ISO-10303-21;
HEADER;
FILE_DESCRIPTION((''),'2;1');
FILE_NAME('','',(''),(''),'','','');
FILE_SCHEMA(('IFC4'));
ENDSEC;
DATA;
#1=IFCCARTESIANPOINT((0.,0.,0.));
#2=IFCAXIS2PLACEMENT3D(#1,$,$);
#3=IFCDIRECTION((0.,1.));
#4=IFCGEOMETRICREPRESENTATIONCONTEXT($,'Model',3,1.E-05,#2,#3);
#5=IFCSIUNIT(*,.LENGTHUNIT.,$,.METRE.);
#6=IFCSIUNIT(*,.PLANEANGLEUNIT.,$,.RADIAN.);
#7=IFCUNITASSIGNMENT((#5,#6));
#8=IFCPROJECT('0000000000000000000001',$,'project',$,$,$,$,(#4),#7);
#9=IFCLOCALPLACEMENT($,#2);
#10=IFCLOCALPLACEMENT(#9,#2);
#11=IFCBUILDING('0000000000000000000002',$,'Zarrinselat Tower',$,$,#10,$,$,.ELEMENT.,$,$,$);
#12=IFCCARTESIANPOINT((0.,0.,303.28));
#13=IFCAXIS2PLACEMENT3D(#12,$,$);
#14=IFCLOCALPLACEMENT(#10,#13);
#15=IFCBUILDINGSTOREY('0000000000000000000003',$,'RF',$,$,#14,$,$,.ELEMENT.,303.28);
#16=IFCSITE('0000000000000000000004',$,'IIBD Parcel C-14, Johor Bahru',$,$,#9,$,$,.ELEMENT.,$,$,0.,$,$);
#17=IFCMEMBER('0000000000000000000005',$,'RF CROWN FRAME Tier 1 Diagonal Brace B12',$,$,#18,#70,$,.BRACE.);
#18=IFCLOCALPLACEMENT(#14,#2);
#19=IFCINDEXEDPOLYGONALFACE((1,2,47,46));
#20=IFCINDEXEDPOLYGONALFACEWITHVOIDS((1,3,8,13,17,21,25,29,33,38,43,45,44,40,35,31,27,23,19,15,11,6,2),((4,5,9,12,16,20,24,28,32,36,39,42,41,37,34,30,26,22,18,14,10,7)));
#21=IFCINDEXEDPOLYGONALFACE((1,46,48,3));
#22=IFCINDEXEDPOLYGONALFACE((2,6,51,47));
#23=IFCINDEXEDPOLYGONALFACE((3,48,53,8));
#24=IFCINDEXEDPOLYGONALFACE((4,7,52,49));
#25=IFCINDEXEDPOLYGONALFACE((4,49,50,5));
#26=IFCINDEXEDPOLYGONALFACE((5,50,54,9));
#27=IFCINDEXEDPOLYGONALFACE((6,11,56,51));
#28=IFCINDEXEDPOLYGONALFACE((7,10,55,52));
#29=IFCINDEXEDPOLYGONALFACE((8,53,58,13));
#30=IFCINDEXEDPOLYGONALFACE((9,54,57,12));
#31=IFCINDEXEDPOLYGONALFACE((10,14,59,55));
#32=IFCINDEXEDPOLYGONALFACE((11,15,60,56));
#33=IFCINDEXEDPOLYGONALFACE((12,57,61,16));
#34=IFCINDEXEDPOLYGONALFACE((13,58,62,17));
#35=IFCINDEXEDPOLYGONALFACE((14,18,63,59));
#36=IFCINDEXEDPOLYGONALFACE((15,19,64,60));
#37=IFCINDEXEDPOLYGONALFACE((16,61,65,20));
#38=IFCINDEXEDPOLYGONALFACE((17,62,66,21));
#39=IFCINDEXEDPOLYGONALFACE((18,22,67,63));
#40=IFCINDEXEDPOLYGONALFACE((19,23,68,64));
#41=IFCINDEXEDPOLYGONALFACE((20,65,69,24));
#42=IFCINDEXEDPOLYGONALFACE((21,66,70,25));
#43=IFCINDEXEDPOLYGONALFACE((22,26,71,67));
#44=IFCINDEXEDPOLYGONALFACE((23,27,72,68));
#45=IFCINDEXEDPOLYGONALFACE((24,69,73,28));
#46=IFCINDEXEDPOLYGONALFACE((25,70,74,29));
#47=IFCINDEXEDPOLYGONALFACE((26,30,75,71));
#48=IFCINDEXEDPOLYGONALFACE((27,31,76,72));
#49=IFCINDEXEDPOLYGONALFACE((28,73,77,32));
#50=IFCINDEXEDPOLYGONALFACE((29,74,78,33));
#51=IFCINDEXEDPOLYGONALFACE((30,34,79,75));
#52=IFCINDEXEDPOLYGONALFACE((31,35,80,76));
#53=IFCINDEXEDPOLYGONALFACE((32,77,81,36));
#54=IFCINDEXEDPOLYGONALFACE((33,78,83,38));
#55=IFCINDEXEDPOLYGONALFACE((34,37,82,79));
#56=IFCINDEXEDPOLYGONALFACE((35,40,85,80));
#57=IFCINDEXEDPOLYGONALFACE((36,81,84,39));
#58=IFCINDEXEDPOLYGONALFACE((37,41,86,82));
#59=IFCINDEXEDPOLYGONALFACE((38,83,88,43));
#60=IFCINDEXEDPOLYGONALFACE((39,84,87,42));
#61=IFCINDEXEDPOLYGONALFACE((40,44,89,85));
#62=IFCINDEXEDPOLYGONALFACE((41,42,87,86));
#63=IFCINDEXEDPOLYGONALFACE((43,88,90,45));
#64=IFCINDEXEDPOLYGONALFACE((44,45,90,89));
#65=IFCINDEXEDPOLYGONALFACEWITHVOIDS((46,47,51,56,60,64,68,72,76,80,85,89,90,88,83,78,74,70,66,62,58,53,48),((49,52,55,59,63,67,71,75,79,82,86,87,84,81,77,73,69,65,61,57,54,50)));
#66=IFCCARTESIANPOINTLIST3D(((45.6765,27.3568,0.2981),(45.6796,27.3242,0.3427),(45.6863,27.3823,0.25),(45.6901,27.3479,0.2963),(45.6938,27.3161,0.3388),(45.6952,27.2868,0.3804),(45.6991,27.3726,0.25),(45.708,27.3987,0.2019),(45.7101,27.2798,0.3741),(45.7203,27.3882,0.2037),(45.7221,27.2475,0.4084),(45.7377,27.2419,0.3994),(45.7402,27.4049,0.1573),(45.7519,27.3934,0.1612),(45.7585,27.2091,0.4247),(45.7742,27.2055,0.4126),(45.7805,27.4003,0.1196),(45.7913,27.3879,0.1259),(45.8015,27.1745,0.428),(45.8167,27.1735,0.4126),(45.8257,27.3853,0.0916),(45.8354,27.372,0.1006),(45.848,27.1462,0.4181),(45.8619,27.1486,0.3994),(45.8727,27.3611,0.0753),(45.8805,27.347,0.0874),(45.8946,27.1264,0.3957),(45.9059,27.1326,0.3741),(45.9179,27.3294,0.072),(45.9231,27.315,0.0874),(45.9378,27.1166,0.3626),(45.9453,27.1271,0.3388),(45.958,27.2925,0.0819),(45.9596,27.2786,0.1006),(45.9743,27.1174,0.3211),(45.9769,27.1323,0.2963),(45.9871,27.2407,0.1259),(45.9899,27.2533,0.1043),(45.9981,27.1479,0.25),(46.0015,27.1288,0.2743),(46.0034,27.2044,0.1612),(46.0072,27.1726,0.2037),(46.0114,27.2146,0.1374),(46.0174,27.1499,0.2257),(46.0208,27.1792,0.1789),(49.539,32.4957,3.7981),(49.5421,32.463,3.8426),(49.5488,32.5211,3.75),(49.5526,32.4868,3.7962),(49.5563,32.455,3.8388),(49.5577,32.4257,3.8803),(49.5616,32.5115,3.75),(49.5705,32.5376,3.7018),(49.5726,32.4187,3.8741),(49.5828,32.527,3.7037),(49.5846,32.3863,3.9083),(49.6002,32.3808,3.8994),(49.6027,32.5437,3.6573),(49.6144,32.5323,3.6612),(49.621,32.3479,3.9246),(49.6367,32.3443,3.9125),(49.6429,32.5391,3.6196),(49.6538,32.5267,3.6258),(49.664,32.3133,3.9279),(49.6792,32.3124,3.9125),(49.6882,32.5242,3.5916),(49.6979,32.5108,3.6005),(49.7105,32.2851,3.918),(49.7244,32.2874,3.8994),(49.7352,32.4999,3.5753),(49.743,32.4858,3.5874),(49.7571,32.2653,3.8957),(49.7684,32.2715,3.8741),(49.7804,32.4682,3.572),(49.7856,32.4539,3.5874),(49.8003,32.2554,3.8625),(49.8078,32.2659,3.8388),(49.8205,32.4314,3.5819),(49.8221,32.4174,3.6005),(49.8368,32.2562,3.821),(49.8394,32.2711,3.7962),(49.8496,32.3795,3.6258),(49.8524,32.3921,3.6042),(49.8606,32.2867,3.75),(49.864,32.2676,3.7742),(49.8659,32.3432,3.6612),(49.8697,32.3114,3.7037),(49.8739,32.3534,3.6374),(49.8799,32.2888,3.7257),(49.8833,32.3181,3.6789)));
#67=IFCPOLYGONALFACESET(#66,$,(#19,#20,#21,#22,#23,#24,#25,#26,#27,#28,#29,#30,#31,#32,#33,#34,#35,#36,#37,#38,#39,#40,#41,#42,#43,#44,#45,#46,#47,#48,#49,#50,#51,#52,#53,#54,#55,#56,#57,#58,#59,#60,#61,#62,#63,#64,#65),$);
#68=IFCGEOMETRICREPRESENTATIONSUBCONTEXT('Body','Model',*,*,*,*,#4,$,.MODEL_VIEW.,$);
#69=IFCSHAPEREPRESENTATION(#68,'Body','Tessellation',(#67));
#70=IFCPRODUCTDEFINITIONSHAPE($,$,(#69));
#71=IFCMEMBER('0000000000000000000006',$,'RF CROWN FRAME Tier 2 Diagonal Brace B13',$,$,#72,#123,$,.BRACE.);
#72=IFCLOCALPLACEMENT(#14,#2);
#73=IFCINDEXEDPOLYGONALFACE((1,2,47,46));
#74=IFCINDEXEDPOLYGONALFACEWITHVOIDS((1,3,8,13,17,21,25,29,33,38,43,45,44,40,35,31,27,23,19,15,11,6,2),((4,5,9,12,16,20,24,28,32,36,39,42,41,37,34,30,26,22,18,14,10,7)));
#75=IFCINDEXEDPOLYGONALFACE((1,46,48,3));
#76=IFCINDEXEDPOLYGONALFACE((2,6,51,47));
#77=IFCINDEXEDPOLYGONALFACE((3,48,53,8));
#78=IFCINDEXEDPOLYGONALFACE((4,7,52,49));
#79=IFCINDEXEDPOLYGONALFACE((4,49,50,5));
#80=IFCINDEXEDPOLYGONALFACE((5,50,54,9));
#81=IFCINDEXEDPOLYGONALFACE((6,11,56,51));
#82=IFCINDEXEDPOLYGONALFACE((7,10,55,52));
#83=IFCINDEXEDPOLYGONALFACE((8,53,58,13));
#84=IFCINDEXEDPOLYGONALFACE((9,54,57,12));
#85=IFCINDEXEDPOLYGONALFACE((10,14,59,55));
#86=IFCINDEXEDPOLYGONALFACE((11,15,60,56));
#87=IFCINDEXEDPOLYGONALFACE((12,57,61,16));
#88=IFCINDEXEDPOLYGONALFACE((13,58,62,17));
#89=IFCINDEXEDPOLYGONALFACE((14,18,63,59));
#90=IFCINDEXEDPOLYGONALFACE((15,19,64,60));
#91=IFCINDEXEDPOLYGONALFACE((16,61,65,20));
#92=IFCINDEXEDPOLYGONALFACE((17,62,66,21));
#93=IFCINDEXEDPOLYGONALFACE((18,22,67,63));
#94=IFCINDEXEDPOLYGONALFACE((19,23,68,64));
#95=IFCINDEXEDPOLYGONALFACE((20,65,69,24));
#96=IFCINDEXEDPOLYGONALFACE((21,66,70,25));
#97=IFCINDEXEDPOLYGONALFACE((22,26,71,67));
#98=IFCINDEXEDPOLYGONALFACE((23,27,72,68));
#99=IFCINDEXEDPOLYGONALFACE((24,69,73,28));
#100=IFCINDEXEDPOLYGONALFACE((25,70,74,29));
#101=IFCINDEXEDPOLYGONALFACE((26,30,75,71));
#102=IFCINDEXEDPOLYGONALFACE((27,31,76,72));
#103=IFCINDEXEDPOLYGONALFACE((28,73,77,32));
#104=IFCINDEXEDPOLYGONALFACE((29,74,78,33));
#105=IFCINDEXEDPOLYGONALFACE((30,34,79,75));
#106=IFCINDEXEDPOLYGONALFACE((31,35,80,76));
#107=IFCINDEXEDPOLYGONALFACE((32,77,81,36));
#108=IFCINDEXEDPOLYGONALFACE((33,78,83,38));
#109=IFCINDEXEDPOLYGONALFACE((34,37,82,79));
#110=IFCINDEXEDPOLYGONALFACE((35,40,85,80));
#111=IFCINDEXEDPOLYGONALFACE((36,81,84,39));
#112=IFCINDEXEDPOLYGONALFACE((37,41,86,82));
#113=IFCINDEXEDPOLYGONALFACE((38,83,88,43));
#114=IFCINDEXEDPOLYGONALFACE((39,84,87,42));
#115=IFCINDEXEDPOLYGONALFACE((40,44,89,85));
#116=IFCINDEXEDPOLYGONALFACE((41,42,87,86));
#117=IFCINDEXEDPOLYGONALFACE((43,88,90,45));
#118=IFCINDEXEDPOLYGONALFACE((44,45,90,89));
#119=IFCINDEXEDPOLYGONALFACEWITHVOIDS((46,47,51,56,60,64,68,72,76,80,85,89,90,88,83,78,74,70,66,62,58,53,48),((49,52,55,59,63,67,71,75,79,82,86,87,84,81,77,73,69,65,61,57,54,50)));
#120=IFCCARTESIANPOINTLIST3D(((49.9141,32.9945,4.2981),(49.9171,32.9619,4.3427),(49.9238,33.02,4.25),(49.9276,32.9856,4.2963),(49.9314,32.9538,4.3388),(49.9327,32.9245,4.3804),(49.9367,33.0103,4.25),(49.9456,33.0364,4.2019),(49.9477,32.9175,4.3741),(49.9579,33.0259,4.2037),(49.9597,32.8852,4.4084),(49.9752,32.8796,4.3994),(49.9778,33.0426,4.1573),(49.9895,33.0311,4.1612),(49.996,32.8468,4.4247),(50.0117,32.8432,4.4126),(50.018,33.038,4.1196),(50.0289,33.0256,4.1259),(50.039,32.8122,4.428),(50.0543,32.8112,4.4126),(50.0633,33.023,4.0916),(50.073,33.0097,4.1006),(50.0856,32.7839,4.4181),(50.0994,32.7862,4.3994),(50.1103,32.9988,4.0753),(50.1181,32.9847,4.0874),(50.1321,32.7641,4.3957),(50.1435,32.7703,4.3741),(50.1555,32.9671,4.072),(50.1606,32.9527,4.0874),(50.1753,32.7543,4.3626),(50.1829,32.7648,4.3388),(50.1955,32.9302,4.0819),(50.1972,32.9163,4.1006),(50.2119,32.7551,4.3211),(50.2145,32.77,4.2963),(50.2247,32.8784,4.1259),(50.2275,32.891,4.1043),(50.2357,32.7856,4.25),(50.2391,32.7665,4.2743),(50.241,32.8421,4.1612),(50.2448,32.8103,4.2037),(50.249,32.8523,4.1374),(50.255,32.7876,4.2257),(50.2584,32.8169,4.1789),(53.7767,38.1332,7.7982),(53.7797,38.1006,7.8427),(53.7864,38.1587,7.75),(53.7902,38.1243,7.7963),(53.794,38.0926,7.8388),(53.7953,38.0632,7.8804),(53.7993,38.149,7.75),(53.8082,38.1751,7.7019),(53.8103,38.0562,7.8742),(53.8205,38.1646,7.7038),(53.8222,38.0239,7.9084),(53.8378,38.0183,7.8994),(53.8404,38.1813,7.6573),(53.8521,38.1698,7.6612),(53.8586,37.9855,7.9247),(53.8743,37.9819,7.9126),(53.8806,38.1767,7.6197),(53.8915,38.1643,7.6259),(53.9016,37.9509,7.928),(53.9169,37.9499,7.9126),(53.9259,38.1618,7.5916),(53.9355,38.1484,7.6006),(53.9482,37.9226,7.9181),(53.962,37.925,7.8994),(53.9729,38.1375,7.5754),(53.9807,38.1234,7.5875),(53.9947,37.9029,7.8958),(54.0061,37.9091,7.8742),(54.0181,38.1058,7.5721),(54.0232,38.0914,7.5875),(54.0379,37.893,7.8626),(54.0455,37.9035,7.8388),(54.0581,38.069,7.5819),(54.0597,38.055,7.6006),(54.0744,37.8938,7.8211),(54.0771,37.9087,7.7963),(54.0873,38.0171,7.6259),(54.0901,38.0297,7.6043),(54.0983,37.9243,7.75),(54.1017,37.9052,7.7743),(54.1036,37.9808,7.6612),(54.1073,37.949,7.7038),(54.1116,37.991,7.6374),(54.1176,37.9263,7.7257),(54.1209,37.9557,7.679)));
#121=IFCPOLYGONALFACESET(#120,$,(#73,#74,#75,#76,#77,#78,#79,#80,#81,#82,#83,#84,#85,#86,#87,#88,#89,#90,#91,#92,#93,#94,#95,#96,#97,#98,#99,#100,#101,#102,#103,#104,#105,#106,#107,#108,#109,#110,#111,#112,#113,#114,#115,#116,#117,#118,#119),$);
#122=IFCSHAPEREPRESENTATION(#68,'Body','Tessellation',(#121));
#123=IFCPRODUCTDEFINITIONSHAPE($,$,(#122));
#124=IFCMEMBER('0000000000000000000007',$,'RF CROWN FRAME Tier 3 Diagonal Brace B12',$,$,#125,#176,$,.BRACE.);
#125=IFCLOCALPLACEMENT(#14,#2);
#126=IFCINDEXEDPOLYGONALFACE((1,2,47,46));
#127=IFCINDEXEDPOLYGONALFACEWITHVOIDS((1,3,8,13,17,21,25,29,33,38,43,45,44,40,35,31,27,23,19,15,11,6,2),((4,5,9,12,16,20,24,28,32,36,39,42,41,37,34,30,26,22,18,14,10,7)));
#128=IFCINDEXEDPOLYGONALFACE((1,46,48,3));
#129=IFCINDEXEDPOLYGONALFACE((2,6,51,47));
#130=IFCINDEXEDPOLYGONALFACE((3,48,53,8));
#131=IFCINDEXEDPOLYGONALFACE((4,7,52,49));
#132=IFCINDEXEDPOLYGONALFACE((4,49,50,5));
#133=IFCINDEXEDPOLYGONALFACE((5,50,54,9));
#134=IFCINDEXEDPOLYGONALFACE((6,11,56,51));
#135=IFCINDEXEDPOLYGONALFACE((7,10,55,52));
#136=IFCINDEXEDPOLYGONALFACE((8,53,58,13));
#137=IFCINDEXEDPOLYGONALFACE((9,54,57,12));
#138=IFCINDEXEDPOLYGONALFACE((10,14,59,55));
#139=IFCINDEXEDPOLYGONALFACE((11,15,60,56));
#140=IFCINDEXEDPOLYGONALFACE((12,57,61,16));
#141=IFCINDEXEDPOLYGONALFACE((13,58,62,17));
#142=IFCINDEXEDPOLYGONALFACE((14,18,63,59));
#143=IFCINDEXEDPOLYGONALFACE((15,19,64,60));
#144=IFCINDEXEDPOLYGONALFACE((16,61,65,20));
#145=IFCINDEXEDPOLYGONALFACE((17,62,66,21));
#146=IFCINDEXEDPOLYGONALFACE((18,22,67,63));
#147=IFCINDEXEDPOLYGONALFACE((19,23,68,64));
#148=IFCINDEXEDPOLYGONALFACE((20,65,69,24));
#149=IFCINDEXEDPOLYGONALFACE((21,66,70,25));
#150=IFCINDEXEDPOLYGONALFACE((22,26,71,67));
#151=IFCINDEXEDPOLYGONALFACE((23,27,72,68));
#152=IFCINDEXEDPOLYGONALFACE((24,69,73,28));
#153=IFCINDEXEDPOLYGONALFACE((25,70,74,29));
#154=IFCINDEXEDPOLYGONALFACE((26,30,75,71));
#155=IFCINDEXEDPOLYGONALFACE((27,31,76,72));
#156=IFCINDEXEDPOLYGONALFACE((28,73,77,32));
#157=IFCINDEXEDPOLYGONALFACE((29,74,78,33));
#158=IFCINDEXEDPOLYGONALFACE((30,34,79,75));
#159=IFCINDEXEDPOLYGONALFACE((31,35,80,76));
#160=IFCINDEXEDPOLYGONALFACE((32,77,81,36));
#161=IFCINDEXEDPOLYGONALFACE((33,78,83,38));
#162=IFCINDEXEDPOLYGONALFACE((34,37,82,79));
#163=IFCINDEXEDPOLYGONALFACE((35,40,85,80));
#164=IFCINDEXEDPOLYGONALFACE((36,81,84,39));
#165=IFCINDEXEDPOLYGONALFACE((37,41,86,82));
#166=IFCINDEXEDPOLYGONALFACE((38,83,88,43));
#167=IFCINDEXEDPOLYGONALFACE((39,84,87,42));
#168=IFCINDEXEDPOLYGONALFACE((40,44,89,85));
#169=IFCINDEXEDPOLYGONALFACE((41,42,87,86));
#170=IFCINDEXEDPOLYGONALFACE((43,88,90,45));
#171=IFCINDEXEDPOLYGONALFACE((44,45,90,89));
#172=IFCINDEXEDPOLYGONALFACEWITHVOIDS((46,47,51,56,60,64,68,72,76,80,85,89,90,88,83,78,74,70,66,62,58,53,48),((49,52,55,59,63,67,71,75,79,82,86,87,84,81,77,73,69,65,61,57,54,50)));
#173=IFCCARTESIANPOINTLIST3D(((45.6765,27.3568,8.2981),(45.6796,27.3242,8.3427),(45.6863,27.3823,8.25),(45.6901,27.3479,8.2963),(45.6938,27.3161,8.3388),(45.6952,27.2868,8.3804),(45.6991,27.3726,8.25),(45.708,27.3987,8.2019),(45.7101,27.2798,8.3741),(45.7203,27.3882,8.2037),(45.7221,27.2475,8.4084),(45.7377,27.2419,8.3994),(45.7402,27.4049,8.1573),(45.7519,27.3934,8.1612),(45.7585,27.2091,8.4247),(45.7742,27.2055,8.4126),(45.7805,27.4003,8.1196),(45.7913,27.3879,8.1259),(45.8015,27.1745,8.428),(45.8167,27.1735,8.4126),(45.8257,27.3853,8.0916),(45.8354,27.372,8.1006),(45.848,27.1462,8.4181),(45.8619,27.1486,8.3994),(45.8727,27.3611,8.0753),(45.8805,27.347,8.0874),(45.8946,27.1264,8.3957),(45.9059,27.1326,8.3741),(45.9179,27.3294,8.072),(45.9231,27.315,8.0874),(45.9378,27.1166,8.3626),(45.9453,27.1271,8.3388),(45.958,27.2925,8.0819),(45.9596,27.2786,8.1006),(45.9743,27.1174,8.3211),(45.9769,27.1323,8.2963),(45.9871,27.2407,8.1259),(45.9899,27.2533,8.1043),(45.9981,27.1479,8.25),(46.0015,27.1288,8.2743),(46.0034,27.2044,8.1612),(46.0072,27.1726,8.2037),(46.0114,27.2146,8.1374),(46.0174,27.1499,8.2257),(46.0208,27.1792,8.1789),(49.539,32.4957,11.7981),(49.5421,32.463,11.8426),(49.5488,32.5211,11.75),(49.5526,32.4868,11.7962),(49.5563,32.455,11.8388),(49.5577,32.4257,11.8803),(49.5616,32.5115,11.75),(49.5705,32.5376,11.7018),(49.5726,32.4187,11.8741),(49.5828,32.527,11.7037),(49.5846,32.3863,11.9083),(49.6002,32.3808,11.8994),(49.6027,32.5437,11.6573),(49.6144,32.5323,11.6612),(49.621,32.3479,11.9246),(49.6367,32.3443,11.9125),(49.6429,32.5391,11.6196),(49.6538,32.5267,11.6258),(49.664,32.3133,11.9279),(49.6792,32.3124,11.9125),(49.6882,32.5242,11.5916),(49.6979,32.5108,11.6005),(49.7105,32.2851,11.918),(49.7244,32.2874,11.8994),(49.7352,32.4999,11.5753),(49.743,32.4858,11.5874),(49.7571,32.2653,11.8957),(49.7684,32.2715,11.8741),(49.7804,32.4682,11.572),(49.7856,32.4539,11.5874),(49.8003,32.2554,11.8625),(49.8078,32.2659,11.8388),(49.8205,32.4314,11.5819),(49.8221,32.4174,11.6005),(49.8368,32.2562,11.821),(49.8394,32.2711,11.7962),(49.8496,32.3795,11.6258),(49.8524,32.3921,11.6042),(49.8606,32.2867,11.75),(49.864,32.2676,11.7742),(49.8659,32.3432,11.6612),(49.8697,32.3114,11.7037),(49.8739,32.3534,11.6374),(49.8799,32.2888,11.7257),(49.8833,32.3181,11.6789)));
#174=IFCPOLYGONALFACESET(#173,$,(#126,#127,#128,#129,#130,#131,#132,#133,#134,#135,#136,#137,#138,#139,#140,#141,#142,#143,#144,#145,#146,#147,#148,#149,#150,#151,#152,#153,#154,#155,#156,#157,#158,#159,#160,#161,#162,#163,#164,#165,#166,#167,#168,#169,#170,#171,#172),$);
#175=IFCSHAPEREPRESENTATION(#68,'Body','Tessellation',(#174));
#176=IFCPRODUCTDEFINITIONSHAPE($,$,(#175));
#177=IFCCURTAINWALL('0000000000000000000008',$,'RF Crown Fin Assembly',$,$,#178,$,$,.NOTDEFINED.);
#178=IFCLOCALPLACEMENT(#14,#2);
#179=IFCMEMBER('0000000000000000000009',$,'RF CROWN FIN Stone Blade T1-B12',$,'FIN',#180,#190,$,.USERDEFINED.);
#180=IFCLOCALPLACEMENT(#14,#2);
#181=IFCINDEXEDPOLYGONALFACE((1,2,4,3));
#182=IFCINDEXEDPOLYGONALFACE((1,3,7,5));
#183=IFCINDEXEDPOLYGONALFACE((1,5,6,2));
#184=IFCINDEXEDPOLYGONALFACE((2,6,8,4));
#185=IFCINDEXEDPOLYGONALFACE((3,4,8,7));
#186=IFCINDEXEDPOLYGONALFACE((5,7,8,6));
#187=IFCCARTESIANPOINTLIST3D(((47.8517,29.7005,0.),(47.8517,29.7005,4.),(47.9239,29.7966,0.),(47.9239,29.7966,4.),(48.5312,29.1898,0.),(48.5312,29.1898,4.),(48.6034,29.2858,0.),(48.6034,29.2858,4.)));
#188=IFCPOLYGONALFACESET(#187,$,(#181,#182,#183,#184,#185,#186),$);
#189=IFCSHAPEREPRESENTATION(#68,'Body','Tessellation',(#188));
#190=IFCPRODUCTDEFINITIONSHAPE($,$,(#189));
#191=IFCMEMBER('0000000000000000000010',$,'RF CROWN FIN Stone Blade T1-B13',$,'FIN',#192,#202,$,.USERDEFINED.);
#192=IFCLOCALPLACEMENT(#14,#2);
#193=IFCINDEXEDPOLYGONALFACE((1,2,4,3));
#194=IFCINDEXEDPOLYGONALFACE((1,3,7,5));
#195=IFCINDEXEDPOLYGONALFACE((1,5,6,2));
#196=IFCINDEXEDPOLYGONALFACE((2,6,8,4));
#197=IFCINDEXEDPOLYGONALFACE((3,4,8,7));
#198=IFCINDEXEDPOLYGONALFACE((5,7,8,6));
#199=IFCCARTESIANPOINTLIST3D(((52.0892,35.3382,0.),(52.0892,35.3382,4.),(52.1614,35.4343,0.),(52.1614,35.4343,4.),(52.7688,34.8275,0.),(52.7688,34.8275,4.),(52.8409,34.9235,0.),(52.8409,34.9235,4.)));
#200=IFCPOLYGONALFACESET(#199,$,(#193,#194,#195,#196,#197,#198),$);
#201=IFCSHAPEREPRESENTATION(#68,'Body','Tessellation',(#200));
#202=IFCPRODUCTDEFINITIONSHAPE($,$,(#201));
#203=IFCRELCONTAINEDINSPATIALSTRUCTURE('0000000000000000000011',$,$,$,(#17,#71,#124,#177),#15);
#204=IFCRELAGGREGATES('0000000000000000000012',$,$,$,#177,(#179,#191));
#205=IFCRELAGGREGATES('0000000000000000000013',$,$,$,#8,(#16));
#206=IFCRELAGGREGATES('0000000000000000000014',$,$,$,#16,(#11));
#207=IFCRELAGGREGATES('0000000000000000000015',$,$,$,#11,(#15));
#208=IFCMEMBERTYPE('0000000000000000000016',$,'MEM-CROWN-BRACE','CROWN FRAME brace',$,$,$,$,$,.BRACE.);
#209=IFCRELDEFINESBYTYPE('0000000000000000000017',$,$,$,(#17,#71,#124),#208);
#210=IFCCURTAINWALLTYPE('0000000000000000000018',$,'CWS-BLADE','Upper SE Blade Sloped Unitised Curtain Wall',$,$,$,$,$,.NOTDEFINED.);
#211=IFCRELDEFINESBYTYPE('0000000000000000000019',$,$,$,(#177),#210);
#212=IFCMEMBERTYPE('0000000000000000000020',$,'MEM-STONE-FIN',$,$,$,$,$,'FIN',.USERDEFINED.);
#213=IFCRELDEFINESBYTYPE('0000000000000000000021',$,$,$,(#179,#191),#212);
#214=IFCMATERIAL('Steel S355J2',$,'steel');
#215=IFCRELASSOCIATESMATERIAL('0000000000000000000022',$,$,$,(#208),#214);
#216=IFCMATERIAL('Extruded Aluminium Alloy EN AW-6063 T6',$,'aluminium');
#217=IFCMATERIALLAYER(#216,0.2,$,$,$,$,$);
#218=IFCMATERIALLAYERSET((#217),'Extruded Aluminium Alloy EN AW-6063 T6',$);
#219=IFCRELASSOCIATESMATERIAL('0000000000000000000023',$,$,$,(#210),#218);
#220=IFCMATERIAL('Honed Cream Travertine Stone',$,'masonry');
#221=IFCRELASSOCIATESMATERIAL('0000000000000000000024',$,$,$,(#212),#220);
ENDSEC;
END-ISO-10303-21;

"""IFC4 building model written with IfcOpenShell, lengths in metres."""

from ifc_helpers import new_model, si_unit, direction, frame, origin, origin_2d, place, context, subcontext, project, spatial, rectangle, hollow_circle, extrude, material, layer, layer_set, material_profile, profile_set, type_object, element, aggregate, save


model = new_model("IFC4")

# Units and contexts
model_context = context("Model", 3, precision=1e-05, world=origin(), true_north=direction((0.0, 1.0)))
body_context = subcontext(model_context, "Body", "Model", "MODEL_VIEW")
ifc_project = project(units=[si_unit("LENGTHUNIT", "METRE"), si_unit("PLANEANGLEUNIT", "RADIAN")], contexts=[model_context])

# Site, building, storey
site_placement = place(None, origin())
site = spatial("IfcSite", under=ifc_project, at=site_placement, Name="IIBD Parcel C-14, Johor Bahru", CompositionType="ELEMENT", RefElevation=0.0)
building_placement = place(site_placement, origin())
building = spatial("IfcBuilding", under=site, at=building_placement, Name="Zarrinselat Tower", CompositionType="ELEMENT")
storey_placement = place(building_placement, frame((0.0, 0.0, 303.28)))
storey = spatial("IfcBuildingStorey", under=building, at=storey_placement, Name="RF", CompositionType="ELEMENT", Elevation=303.28)

# Members
ifc_material_1 = material(Name="Steel S355J2", Category="steel")
ifc_material_profile_1 = material_profile(ifc_material_1, hollow_circle(Radius=0.2031, WallThickness=0.0161, at=origin_2d()), Name="CHS 406.4x16")
ifc_profile_set_1 = profile_set([ifc_material_profile_1], Name="Steel S355J2")
member_type_1 = type_object("IfcMemberType", Name="MEM-CROWN-BRACE", Description="CROWN FRAME brace", PredefinedType="BRACE", material=ifc_profile_set_1)
for number, where, z_axis, x_axis, name in (
    (1, (45.8486, 27.2603, 0.25), (0.527694, 0.702068, 0.478163), (-0.799375, 0.600832, 0.0), "RF CROWN FRAME Tier 1 Diagonal Brace B12"),
    (2, (50.0862, 32.8979, 4.25), (0.527706, 0.702051, 0.478174), (-0.799362, 0.60085, 0.0), "RF CROWN FRAME Tier 2 Diagonal Brace B13"),
    (3, (45.8486, 27.2603, 8.25), (0.527694, 0.702068, 0.478163), (-0.799375, 0.600832, 0.0), "RF CROWN FRAME Tier 3 Diagonal Brace B12"),
):
    element("IfcMember", number, at=place(storey_placement, frame(where, z_axis=z_axis, x_axis=x_axis)), inside=storey, type_object=member_type_1, Name=name, PredefinedType="BRACE", context=body_context, shape_type="SweptSolid", body=[
        extrude(hollow_circle(Radius=0.2031, WallThickness=0.0161, at=origin_2d()), origin(), (0.0, 0.0, 1.0), 7.3196),
    ])

# Curtain wall, members
ifc_material_2 = material(Name="Extruded Aluminium Alloy EN AW-6063 T6", Category="aluminium")
ifc_layer_1 = layer(ifc_material_2, 0.2)
ifc_layer_set_1 = layer_set([ifc_layer_1], Name="Extruded Aluminium Alloy EN AW-6063 T6")
curtain_wall_type = type_object("IfcCurtainWallType", Name="CWS-BLADE", Description="Upper SE Blade Sloped Unitised Curtain Wall", PredefinedType="NOTDEFINED", material=ifc_layer_set_1)
curtain_wall_placement = place(storey_placement, origin())
curtain_wall = element("IfcCurtainWall", 4, at=curtain_wall_placement, inside=storey, type_object=curtain_wall_type, Name="RF Crown Fin Assembly", PredefinedType="NOTDEFINED")
ifc_material_3 = material(Name="Honed Cream Travertine Stone", Category="masonry")
ifc_material_profile_2 = material_profile(ifc_material_3, rectangle(XDim=0.1201, YDim=0.8501, at=origin_2d()), Name="FIN 850x120")
ifc_profile_set_2 = profile_set([ifc_material_profile_2], Name="Honed Cream Travertine Stone")
member_type_2 = type_object("IfcMemberType", Name="MEM-STONE-FIN", ElementType="FIN", PredefinedType="USERDEFINED", material=ifc_profile_set_2)
member_1_placement = place(storey_placement, frame((48.2275, 29.4932, 0.0), z_axis=(0.0, 0.0, 1.0), x_axis=(-0.600853, -0.79936, 0.0)))
member_1 = element("IfcMember", 5, at=member_1_placement, type_object=member_type_2, Name="RF CROWN FIN Stone Blade T1-B12", ObjectType="FIN", PredefinedType="USERDEFINED", context=body_context, shape_type="SweptSolid", body=[
    extrude(rectangle(XDim=0.1201, YDim=0.8501, at=origin_2d()), origin(), (0.0, 0.0, 1.0), 4.0),
])
member_2_placement = place(storey_placement, frame((52.4651, 35.1309, 0.0), z_axis=(0.0, 0.0, 1.0), x_axis=(-0.600853, -0.79936, 0.0)))
member_2 = element("IfcMember", 6, at=member_2_placement, type_object=member_type_2, Name="RF CROWN FIN Stone Blade T1-B13", ObjectType="FIN", PredefinedType="USERDEFINED", context=body_context, shape_type="SweptSolid", body=[
    extrude(rectangle(XDim=0.1201, YDim=0.8501, at=origin_2d()), origin(), (0.0, 0.0, 1.0), 4.0),
])
aggregate(curtain_wall, [member_1, member_2])

save(model, "model.ifc")
